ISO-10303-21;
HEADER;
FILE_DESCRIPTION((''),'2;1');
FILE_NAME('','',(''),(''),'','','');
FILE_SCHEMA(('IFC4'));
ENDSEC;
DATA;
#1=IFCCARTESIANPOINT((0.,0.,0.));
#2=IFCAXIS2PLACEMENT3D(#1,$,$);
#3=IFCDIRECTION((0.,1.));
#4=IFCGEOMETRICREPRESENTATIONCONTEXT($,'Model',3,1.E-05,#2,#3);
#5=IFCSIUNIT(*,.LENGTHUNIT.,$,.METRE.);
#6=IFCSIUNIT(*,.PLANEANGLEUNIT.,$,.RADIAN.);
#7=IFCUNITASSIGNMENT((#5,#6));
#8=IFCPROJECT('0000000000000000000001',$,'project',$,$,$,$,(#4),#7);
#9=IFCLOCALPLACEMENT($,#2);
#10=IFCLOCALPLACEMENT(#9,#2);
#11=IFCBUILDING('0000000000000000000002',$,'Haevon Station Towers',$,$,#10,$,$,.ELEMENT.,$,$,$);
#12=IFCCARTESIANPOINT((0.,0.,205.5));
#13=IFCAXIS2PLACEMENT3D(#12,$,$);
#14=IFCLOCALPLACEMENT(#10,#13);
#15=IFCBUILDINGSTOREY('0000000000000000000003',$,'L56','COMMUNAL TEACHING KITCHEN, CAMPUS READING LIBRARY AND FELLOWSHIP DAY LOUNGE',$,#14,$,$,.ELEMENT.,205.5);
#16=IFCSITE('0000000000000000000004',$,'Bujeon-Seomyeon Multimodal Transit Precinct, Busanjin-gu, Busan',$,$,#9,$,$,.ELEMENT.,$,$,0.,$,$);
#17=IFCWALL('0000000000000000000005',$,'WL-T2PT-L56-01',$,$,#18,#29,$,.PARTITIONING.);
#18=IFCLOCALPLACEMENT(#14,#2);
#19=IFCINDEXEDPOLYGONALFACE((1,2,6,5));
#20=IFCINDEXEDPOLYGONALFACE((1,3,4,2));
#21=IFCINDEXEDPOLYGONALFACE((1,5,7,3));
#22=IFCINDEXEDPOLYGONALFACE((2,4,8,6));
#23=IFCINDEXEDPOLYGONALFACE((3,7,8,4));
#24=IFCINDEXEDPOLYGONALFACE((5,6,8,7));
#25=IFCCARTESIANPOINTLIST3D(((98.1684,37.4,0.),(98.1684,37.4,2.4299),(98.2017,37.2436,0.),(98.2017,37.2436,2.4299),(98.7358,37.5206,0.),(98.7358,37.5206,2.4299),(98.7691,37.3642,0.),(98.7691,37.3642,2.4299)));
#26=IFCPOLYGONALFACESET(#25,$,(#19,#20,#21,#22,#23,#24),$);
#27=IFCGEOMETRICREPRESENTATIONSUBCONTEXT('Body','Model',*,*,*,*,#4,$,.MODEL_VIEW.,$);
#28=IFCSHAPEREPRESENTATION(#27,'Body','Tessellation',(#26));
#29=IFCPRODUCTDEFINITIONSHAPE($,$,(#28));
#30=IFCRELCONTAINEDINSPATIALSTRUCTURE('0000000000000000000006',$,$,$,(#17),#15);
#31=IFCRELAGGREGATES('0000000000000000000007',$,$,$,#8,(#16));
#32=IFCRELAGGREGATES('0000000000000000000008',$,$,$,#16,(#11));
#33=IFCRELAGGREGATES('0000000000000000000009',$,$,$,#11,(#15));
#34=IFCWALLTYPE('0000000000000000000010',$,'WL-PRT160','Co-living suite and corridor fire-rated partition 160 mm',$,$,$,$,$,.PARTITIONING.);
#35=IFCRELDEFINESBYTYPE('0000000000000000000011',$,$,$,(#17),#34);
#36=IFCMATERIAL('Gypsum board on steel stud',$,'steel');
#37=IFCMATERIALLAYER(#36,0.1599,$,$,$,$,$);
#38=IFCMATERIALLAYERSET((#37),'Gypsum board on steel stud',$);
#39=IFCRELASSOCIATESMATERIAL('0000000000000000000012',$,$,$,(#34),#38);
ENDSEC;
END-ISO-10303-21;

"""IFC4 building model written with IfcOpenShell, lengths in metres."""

from ifc_helpers import new_model, si_unit, direction, frame, frame_2d, origin, place, context, subcontext, project, spatial, rectangle, extrude, material, layer, layer_set, type_object, element, save


model = new_model("IFC4")

# Units and contexts
model_context = context("Model", 3, precision=1e-05, world=origin(), true_north=direction((0.0, 1.0)))
body_context = subcontext(model_context, "Body", "Model", "MODEL_VIEW")
ifc_project = project(units=[si_unit("LENGTHUNIT", "METRE"), si_unit("PLANEANGLEUNIT", "RADIAN")], contexts=[model_context])

# Site, building, storey
site_placement = place(None, origin())
site = spatial("IfcSite", under=ifc_project, at=site_placement, Name="Bujeon-Seomyeon Multimodal Transit Precinct, Busanjin-gu, Busan", CompositionType="ELEMENT", RefElevation=0.0)
building_placement = place(site_placement, origin())
building = spatial("IfcBuilding", under=site, at=building_placement, Name="Haevon Station Towers", CompositionType="ELEMENT")
storey_placement = place(building_placement, frame((0.0, 0.0, 205.5)))
storey = spatial("IfcBuildingStorey", under=building, at=storey_placement, Name="L56", Description="COMMUNAL TEACHING KITCHEN, CAMPUS READING LIBRARY AND FELLOWSHIP DAY LOUNGE", CompositionType="ELEMENT", Elevation=205.5)

# Shared definitions
ifc_material_1 = material(Name="Gypsum board on steel stud", Category="steel")

# Wall
ifc_layer_1 = layer(ifc_material_1, 0.1599)
ifc_layer_set_1 = layer_set([ifc_layer_1], Name="Gypsum board on steel stud")
wall_type_1 = type_object("IfcWallType", Name="WL-PRT160", Description="Co-living suite and corridor fire-rated partition 160 mm", PredefinedType="PARTITIONING", material=ifc_layer_set_1)
wall_1_placement = place(storey_placement, frame((98.1851, 37.3218, 0.0), z_axis=(0.0, 0.0, 1.0), x_axis=(0.978146, 0.207919, 0.0)))
element("IfcWall", 1, at=wall_1_placement, inside=storey, type_object=wall_type_1, Name="WL-T2PT-L56-01", PredefinedType="PARTITIONING", context=body_context, shape_type="SweptSolid", body=[
    extrude(rectangle(XDim=0.5801, YDim=0.1599, at=frame_2d((0.29, 0.0))), origin(), (0.0, 0.0, 1.0), 2.4299),
])

save(model, "model.ifc")
